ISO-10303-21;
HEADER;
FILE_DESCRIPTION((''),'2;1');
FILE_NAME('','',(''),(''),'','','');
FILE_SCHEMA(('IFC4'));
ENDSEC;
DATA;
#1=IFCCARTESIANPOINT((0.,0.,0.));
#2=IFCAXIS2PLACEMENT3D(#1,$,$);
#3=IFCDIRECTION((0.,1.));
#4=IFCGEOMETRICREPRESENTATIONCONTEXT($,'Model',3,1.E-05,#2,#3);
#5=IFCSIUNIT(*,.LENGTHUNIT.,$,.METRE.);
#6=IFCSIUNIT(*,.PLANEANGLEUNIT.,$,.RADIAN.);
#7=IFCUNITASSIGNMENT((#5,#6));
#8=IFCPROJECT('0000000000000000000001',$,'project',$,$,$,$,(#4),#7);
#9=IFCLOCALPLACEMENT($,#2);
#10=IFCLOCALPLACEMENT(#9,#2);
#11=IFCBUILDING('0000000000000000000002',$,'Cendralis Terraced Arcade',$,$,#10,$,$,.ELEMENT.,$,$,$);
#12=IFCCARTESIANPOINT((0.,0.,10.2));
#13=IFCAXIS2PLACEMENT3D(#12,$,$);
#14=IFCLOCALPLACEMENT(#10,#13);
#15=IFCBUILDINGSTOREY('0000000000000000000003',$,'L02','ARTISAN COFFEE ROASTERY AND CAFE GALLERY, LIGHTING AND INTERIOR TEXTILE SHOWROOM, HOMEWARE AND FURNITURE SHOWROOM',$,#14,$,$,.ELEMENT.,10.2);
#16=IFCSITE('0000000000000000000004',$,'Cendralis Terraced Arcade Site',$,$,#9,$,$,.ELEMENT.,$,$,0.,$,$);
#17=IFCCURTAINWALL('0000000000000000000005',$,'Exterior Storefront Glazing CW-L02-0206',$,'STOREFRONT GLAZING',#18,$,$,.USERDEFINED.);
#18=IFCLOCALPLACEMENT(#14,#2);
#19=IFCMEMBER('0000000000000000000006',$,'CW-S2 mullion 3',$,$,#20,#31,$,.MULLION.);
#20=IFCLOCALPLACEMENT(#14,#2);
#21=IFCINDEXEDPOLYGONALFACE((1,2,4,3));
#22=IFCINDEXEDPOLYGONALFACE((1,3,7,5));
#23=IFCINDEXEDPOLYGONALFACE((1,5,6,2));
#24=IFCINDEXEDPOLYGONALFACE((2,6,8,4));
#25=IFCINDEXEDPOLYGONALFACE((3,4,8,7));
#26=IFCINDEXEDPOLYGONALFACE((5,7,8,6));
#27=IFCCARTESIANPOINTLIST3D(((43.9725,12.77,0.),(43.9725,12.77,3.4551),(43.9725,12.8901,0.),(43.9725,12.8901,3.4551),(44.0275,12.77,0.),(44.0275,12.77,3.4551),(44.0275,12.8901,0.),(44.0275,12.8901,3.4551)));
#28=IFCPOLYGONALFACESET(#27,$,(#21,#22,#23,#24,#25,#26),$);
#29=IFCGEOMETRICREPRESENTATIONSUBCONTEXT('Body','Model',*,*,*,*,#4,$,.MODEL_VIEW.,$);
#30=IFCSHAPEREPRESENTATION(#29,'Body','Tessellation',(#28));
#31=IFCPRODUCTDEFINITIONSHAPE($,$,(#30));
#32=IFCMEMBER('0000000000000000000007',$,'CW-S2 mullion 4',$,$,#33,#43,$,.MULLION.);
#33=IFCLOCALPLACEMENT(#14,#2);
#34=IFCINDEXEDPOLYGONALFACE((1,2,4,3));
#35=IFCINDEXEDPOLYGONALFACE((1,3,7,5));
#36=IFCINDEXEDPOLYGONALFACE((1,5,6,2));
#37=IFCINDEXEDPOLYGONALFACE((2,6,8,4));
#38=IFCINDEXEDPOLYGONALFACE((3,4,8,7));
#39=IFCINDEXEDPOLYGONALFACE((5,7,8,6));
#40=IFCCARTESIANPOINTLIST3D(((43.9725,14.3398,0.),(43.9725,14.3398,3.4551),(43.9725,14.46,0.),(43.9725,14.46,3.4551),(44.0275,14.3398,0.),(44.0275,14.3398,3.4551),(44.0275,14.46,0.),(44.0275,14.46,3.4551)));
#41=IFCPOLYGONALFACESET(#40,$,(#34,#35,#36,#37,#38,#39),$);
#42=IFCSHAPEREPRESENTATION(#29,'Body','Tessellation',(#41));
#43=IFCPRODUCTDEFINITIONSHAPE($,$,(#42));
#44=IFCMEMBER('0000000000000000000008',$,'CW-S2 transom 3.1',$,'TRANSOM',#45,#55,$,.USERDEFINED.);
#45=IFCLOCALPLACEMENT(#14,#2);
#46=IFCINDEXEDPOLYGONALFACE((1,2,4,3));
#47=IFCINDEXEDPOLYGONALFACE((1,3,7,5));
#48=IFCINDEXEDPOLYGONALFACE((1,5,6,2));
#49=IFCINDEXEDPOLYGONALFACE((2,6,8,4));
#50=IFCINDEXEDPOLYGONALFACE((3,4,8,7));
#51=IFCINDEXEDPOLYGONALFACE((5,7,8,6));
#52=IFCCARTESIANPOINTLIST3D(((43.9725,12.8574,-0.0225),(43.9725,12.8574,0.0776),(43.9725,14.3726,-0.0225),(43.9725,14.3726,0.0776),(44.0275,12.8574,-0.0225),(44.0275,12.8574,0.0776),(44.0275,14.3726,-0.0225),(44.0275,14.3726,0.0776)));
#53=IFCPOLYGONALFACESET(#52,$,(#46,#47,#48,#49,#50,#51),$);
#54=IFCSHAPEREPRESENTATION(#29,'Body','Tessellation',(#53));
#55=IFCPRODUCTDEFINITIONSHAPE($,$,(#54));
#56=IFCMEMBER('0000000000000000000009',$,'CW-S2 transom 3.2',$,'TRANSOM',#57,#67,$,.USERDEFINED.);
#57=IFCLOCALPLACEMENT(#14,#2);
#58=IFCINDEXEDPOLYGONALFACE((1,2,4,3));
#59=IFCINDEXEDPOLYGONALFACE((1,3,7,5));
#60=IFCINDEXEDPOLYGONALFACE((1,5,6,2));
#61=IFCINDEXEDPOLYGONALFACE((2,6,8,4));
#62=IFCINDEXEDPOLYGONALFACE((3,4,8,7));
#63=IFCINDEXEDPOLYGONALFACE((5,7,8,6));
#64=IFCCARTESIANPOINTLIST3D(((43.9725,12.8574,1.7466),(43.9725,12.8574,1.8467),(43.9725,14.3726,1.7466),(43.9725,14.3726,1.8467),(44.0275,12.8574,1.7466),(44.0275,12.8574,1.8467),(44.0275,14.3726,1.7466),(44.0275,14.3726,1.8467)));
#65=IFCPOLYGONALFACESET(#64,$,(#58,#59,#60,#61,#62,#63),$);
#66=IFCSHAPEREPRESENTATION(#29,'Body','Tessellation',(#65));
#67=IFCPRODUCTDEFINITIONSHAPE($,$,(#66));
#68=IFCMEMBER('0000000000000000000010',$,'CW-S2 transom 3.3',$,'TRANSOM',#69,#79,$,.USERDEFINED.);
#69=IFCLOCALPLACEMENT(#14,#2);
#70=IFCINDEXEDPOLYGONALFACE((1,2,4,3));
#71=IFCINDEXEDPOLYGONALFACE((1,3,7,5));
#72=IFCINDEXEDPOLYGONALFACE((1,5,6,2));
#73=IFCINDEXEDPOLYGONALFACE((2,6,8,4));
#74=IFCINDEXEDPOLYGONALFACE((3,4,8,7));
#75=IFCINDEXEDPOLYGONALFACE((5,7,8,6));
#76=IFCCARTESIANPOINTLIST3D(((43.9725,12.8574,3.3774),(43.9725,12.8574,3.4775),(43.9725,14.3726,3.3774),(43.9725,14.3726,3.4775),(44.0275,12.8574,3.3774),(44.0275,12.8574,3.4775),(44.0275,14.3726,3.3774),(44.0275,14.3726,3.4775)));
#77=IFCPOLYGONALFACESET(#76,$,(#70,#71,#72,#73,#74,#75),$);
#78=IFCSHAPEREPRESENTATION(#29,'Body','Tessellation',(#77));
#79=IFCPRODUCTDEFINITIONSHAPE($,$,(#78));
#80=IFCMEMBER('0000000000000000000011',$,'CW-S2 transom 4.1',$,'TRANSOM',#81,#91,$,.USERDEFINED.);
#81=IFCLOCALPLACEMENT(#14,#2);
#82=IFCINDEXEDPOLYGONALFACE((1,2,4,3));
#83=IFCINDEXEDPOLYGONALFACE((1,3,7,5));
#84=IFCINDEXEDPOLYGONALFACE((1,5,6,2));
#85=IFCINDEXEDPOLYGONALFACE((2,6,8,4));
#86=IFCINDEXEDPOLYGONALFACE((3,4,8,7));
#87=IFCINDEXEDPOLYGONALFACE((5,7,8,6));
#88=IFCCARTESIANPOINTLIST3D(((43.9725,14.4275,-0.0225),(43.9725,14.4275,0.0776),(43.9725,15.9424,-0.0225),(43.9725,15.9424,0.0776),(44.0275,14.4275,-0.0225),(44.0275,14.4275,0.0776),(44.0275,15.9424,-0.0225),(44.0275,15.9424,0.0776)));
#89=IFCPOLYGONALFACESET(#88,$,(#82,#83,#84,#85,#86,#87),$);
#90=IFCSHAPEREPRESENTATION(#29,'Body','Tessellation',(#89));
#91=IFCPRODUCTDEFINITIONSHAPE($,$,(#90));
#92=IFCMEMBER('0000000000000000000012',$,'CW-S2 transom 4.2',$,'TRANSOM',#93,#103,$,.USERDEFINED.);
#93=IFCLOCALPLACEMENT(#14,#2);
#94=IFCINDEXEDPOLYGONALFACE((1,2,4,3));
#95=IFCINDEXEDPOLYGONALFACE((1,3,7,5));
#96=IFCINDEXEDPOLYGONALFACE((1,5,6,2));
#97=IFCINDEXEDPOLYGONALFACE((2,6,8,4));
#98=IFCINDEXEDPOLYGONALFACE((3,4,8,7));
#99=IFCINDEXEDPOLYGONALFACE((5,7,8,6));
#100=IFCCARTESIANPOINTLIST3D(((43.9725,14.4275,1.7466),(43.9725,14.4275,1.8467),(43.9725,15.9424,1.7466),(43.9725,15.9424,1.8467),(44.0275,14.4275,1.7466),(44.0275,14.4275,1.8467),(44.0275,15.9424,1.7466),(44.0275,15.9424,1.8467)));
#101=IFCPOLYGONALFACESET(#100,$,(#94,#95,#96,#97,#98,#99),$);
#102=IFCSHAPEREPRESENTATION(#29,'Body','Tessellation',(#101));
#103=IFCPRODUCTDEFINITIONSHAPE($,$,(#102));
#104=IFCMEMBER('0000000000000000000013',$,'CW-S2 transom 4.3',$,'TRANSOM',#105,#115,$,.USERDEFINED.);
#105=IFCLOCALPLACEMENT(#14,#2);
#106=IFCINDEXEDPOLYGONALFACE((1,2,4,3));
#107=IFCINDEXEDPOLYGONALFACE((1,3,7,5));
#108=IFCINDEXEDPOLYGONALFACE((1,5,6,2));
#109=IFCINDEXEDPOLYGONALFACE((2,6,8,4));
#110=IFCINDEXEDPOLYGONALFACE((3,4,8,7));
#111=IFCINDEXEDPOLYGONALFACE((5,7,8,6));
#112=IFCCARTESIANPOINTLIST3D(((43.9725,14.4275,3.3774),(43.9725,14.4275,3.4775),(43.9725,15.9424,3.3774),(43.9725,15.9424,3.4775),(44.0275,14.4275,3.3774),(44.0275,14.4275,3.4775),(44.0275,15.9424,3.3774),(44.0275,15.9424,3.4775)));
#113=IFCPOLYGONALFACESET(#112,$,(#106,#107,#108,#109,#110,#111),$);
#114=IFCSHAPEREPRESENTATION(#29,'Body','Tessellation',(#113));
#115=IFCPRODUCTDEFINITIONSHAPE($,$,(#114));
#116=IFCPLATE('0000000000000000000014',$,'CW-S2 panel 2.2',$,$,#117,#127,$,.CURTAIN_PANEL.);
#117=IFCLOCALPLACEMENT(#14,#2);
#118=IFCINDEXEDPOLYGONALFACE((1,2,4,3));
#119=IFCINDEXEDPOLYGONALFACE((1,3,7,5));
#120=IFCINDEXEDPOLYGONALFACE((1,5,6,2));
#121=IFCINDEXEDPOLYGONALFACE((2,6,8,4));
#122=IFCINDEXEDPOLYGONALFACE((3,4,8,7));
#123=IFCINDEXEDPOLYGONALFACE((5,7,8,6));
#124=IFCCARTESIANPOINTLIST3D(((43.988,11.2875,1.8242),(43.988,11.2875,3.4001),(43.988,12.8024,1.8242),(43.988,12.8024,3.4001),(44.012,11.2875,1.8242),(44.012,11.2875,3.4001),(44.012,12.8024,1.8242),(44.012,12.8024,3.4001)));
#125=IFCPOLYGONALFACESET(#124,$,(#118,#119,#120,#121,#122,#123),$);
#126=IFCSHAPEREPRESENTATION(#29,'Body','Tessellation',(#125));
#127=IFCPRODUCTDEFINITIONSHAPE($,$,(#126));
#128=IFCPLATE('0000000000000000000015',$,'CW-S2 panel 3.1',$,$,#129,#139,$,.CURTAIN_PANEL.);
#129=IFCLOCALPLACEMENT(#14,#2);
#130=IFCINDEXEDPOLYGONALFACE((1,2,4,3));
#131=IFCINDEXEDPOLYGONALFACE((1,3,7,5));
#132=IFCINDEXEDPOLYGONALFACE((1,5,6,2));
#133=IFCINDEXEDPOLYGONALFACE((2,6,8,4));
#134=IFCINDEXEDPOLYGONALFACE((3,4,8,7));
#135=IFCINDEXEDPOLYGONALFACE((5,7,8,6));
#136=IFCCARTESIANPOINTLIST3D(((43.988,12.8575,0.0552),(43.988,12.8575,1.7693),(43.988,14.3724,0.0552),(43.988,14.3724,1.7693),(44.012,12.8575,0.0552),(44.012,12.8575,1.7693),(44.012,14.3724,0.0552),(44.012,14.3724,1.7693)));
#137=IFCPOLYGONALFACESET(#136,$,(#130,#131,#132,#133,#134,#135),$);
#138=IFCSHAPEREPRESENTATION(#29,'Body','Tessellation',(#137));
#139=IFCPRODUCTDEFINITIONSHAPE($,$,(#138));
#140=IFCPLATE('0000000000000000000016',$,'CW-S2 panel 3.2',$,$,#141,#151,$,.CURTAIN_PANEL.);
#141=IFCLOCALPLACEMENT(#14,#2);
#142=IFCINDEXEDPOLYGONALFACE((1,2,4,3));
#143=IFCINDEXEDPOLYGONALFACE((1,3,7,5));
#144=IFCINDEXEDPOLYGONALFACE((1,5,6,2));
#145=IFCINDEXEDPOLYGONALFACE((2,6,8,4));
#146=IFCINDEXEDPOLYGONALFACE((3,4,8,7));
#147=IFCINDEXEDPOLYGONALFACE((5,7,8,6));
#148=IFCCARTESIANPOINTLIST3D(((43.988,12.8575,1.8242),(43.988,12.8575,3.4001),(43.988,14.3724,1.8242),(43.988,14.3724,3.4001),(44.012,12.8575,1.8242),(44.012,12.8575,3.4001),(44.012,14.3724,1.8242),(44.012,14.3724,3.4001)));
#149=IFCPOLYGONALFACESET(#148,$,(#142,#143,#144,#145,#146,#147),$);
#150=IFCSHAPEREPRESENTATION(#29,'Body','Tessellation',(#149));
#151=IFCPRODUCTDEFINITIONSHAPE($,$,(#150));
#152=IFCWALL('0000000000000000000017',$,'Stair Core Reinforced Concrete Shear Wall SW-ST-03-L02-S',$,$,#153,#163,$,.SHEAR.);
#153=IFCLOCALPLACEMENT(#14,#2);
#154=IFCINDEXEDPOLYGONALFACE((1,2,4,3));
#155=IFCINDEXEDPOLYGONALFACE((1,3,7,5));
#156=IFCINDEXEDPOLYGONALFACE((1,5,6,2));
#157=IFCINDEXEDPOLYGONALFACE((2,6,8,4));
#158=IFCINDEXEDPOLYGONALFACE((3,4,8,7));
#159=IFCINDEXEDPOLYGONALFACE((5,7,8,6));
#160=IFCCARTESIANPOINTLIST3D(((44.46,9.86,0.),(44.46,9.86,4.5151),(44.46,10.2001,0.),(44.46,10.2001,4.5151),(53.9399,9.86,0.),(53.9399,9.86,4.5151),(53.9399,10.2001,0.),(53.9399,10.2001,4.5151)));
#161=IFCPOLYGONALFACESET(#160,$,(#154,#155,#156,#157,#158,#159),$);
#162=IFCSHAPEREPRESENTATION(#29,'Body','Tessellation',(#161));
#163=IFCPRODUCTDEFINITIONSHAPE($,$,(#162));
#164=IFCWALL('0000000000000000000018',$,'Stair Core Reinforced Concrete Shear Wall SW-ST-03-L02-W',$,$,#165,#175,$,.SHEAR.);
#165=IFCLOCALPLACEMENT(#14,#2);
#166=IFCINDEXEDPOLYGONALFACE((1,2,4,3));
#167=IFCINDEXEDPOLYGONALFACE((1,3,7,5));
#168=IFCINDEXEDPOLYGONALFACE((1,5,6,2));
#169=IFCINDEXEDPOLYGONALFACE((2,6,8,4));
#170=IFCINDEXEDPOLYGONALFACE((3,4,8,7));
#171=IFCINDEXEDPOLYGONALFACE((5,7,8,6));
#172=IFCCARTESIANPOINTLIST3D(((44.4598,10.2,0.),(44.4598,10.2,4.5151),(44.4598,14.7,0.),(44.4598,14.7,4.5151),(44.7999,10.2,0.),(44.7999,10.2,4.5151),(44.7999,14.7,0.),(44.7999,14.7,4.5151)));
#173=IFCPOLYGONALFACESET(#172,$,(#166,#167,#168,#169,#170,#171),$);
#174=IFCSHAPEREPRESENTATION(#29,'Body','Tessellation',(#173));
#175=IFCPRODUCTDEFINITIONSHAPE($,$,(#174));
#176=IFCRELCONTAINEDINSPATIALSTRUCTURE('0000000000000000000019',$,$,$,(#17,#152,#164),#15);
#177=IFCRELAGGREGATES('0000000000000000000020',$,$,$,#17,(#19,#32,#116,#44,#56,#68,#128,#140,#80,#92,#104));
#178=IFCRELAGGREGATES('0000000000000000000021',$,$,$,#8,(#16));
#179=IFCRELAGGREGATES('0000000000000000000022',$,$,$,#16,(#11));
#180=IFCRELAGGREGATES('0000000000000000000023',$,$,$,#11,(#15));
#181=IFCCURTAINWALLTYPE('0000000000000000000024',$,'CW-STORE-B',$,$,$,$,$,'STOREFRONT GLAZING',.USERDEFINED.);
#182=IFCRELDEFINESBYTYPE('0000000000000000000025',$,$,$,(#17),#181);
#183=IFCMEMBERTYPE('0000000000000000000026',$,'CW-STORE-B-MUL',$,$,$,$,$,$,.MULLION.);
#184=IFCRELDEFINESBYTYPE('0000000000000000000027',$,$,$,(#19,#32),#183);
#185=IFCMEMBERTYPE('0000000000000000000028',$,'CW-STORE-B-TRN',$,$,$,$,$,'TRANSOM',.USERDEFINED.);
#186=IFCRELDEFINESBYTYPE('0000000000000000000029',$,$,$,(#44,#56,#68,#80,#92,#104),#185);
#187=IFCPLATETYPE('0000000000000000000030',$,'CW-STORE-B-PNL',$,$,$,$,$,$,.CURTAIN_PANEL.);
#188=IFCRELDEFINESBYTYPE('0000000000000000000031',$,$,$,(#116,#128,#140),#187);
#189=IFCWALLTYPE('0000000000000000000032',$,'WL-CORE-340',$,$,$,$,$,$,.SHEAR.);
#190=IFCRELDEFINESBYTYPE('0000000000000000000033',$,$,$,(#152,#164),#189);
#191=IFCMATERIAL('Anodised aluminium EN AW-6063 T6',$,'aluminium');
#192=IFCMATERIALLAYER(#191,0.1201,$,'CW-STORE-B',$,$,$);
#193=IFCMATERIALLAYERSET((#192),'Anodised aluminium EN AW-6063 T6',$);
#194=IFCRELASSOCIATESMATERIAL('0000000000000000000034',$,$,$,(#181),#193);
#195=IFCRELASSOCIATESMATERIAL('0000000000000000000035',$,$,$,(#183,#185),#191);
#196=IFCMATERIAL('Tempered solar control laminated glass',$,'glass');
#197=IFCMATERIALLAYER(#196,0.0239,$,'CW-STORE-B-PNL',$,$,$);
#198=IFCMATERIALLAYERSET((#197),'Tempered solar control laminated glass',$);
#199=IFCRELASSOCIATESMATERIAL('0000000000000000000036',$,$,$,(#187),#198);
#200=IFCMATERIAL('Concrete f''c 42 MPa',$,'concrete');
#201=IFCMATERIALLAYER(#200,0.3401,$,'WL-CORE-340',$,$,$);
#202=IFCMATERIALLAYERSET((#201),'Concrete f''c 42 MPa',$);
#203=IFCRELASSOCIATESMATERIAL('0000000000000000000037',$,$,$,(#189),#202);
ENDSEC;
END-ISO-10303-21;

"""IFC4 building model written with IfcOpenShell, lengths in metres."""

from ifc_helpers import new_model, si_unit, direction, frame, frame_2d, origin, origin_2d, place, context, subcontext, project, spatial, rectangle, extrude, material, layer, layer_set, material_profile, profile_set, type_object, element, aggregate, save


model = new_model("IFC4")

# Units and contexts
model_context = context("Model", 3, precision=1e-05, world=origin(), true_north=direction((0.0, 1.0)))
body_context = subcontext(model_context, "Body", "Model", "MODEL_VIEW")
ifc_project = project(units=[si_unit("LENGTHUNIT", "METRE"), si_unit("PLANEANGLEUNIT", "RADIAN")], contexts=[model_context])

# Site, building, storey
site_placement = place(None, origin())
site = spatial("IfcSite", under=ifc_project, at=site_placement, Name="Cendralis Terraced Arcade Site", CompositionType="ELEMENT", RefElevation=0.0)
building_placement = place(site_placement, origin())
building = spatial("IfcBuilding", under=site, at=building_placement, Name="Cendralis Terraced Arcade", CompositionType="ELEMENT")
storey_placement = place(building_placement, frame((0.0, 0.0, 10.2)))
storey = spatial("IfcBuildingStorey", under=building, at=storey_placement, Name="L02", Description="ARTISAN COFFEE ROASTERY AND CAFE GALLERY, LIGHTING AND INTERIOR TEXTILE SHOWROOM, HOMEWARE AND FURNITURE SHOWROOM", CompositionType="ELEMENT", Elevation=10.2)

# Curtain wall, members, plates
ifc_material_1 = material(Name="Anodised aluminium EN AW-6063 T6", Category="aluminium")
ifc_layer_1 = layer(ifc_material_1, 0.1201, Name="CW-STORE-B")
ifc_layer_set_1 = layer_set([ifc_layer_1], Name="Anodised aluminium EN AW-6063 T6")
curtain_wall_type = type_object("IfcCurtainWallType", Name="CW-STORE-B", ElementType="STOREFRONT GLAZING", PredefinedType="USERDEFINED", material=ifc_layer_set_1)
curtain_wall_placement = place(storey_placement, origin())
curtain_wall = element("IfcCurtainWall", 1, at=curtain_wall_placement, inside=storey, type_object=curtain_wall_type, Name="Exterior Storefront Glazing CW-L02-0206", ObjectType="STOREFRONT GLAZING", PredefinedType="USERDEFINED")
ifc_material_profile_1 = material_profile(ifc_material_1, rectangle(XDim=0.0549, YDim=0.1201, at=origin_2d()), Name="ALU-MUL-55x120")
ifc_profile_set_1 = profile_set([ifc_material_profile_1], Name="Anodised aluminium EN AW-6063 T6")
member_type_1 = type_object("IfcMemberType", Name="CW-STORE-B-MUL", PredefinedType="MULLION", material=ifc_profile_set_1)
member_1_placement = place(storey_placement, frame((44.0, 12.8301, 0.0), z_axis=(0.0, 0.0, 1.0), x_axis=(-1.0, 0.0, 0.0)))
member_1 = element("IfcMember", 2, at=member_1_placement, type_object=member_type_1, Name="CW-S2 mullion 3", PredefinedType="MULLION", context=body_context, shape_type="SweptSolid", body=[
    extrude(rectangle(XDim=0.0549, YDim=0.1201, at=origin_2d()), origin(), (0.0, 0.0, 1.0), 3.4551),
])
member_2_placement = place(storey_placement, frame((44.0, 14.3999, 0.0), z_axis=(0.0, 0.0, 1.0), x_axis=(-1.0, 0.0, 0.0)))
member_2 = element("IfcMember", 3, at=member_2_placement, type_object=member_type_1, Name="CW-S2 mullion 4", PredefinedType="MULLION", context=body_context, shape_type="SweptSolid", body=[
    extrude(rectangle(XDim=0.0549, YDim=0.1201, at=origin_2d()), origin(), (0.0, 0.0, 1.0), 3.4551),
])
ifc_material_profile_2 = material_profile(ifc_material_1, rectangle(XDim=0.0549, YDim=0.1001, at=origin_2d()), Name="ALU-TRN-55x100")
ifc_profile_set_2 = profile_set([ifc_material_profile_2], Name="Anodised aluminium EN AW-6063 T6")
member_type_2 = type_object("IfcMemberType", Name="CW-STORE-B-TRN", ElementType="TRANSOM", PredefinedType="USERDEFINED", material=ifc_profile_set_2)
member_3_placement = place(storey_placement, frame((44.0, 12.8574, 0.0276), z_axis=(0.0, 1.0, 0.0), x_axis=(-1.0, 0.0, 0.0)))
member_3 = element("IfcMember", 4, at=member_3_placement, type_object=member_type_2, Name="CW-S2 transom 3.1", ObjectType="TRANSOM", PredefinedType="USERDEFINED", context=body_context, shape_type="SweptSolid", body=[
    extrude(rectangle(XDim=0.0549, YDim=0.1001, at=origin_2d()), origin(), (0.0, 0.0, 1.0), 1.5151),
])
member_4_placement = place(storey_placement, frame((44.0, 12.8574, 1.7966), z_axis=(0.0, 1.0, 0.0), x_axis=(-1.0, 0.0, 0.0)))
member_4 = element("IfcMember", 5, at=member_4_placement, type_object=member_type_2, Name="CW-S2 transom 3.2", ObjectType="TRANSOM", PredefinedType="USERDEFINED", context=body_context, shape_type="SweptSolid", body=[
    extrude(rectangle(XDim=0.0549, YDim=0.1001, at=origin_2d()), origin(), (0.0, 0.0, 1.0), 1.5151),
])
member_5_placement = place(storey_placement, frame((44.0, 12.8574, 3.4275), z_axis=(0.0, 1.0, 0.0), x_axis=(-1.0, 0.0, 0.0)))
member_5 = element("IfcMember", 6, at=member_5_placement, type_object=member_type_2, Name="CW-S2 transom 3.3", ObjectType="TRANSOM", PredefinedType="USERDEFINED", context=body_context, shape_type="SweptSolid", body=[
    extrude(rectangle(XDim=0.0549, YDim=0.1001, at=origin_2d()), origin(), (0.0, 0.0, 1.0), 1.5151),
])
member_6_placement = place(storey_placement, frame((44.0, 14.4275, 0.0276), z_axis=(0.0, 1.0, 0.0), x_axis=(-1.0, 0.0, 0.0)))
member_6 = element("IfcMember", 7, at=member_6_placement, type_object=member_type_2, Name="CW-S2 transom 4.1", ObjectType="TRANSOM", PredefinedType="USERDEFINED", context=body_context, shape_type="SweptSolid", body=[
    extrude(rectangle(XDim=0.0549, YDim=0.1001, at=origin_2d()), origin(), (0.0, 0.0, 1.0), 1.5149),
])
member_7_placement = place(storey_placement, frame((44.0, 14.4275, 1.7966), z_axis=(0.0, 1.0, 0.0), x_axis=(-1.0, 0.0, 0.0)))
member_7 = element("IfcMember", 8, at=member_7_placement, type_object=member_type_2, Name="CW-S2 transom 4.2", ObjectType="TRANSOM", PredefinedType="USERDEFINED", context=body_context, shape_type="SweptSolid", body=[
    extrude(rectangle(XDim=0.0549, YDim=0.1001, at=origin_2d()), origin(), (0.0, 0.0, 1.0), 1.5149),
])
member_8_placement = place(storey_placement, frame((44.0, 14.4275, 3.4275), z_axis=(0.0, 1.0, 0.0), x_axis=(-1.0, 0.0, 0.0)))
member_8 = element("IfcMember", 9, at=member_8_placement, type_object=member_type_2, Name="CW-S2 transom 4.3", ObjectType="TRANSOM", PredefinedType="USERDEFINED", context=body_context, shape_type="SweptSolid", body=[
    extrude(rectangle(XDim=0.0549, YDim=0.1001, at=origin_2d()), origin(), (0.0, 0.0, 1.0), 1.5149),
])
ifc_material_2 = material(Name="Tempered solar control laminated glass", Category="glass")
ifc_layer_2 = layer(ifc_material_2, 0.0239, Name="CW-STORE-B-PNL")
ifc_layer_set_2 = layer_set([ifc_layer_2], Name="Tempered solar control laminated glass")
plate_type = type_object("IfcPlateType", Name="CW-STORE-B-PNL", PredefinedType="CURTAIN_PANEL", material=ifc_layer_set_2)
plate_1_placement = place(storey_placement, frame((44.0, 12.0449, 1.8242), z_axis=(0.0, 0.0, 1.0), x_axis=(0.0, 1.0, 0.0)))
plate_1 = element("IfcPlate", 10, at=plate_1_placement, type_object=plate_type, Name="CW-S2 panel 2.2", PredefinedType="CURTAIN_PANEL", context=body_context, shape_type="SweptSolid", body=[
    extrude(rectangle(XDim=1.5149, YDim=0.0239, at=origin_2d()), origin(), (0.0, 0.0, 1.0), 1.5759),
])
plate_2_placement = place(storey_placement, frame((44.0, 13.615, 0.0552), z_axis=(0.0, 0.0, 1.0), x_axis=(0.0, 1.0, 0.0)))
plate_2 = element("IfcPlate", 11, at=plate_2_placement, type_object=plate_type, Name="CW-S2 panel 3.1", PredefinedType="CURTAIN_PANEL", context=body_context, shape_type="SweptSolid", body=[
    extrude(rectangle(XDim=1.5149, YDim=0.0239, at=origin_2d()), origin(), (0.0, 0.0, 1.0), 1.7141),
])
plate_3_placement = place(storey_placement, frame((44.0, 13.615, 1.8242), z_axis=(0.0, 0.0, 1.0), x_axis=(0.0, 1.0, 0.0)))
plate_3 = element("IfcPlate", 12, at=plate_3_placement, type_object=plate_type, Name="CW-S2 panel 3.2", PredefinedType="CURTAIN_PANEL", context=body_context, shape_type="SweptSolid", body=[
    extrude(rectangle(XDim=1.5149, YDim=0.0239, at=origin_2d()), origin(), (0.0, 0.0, 1.0), 1.5759),
])
aggregate(curtain_wall, [member_1, member_2, plate_1, member_3, member_4, member_5, plate_2, plate_3, member_6, member_7, member_8])

# Walls
ifc_material_3 = material(Name="Concrete f'c 42 MPa", Category="concrete")
ifc_layer_3 = layer(ifc_material_3, 0.3401, Name="WL-CORE-340")
ifc_layer_set_3 = layer_set([ifc_layer_3], Name="Concrete f'c 42 MPa")
wall_type = type_object("IfcWallType", Name="WL-CORE-340", PredefinedType="SHEAR", material=ifc_layer_set_3)
wall_1_placement = place(storey_placement, frame((44.46, 10.03, 0.0), z_axis=(0.0, 0.0, 1.0), x_axis=(1.0, 0.0, 0.0)))
element("IfcWall", 13, at=wall_1_placement, inside=storey, type_object=wall_type, Name="Stair Core Reinforced Concrete Shear Wall SW-ST-03-L02-S", PredefinedType="SHEAR", context=body_context, shape_type="SweptSolid", body=[
    extrude(rectangle(XDim=9.48, YDim=0.3401, at=frame_2d((4.74, 0.0))), origin(), (0.0, 0.0, 1.0), 4.5151),
])
wall_2_placement = place(storey_placement, frame((44.6299, 10.2, 0.0), z_axis=(0.0, 0.0, 1.0), x_axis=(0.0, 1.0, 0.0)))
element("IfcWall", 14, at=wall_2_placement, inside=storey, type_object=wall_type, Name="Stair Core Reinforced Concrete Shear Wall SW-ST-03-L02-W", PredefinedType="SHEAR", context=body_context, shape_type="SweptSolid", body=[
    extrude(rectangle(XDim=4.5, YDim=0.3401, at=frame_2d((2.25, 0.0))), origin(), (0.0, 0.0, 1.0), 4.5151),
])

save(model, "model.ifc")
